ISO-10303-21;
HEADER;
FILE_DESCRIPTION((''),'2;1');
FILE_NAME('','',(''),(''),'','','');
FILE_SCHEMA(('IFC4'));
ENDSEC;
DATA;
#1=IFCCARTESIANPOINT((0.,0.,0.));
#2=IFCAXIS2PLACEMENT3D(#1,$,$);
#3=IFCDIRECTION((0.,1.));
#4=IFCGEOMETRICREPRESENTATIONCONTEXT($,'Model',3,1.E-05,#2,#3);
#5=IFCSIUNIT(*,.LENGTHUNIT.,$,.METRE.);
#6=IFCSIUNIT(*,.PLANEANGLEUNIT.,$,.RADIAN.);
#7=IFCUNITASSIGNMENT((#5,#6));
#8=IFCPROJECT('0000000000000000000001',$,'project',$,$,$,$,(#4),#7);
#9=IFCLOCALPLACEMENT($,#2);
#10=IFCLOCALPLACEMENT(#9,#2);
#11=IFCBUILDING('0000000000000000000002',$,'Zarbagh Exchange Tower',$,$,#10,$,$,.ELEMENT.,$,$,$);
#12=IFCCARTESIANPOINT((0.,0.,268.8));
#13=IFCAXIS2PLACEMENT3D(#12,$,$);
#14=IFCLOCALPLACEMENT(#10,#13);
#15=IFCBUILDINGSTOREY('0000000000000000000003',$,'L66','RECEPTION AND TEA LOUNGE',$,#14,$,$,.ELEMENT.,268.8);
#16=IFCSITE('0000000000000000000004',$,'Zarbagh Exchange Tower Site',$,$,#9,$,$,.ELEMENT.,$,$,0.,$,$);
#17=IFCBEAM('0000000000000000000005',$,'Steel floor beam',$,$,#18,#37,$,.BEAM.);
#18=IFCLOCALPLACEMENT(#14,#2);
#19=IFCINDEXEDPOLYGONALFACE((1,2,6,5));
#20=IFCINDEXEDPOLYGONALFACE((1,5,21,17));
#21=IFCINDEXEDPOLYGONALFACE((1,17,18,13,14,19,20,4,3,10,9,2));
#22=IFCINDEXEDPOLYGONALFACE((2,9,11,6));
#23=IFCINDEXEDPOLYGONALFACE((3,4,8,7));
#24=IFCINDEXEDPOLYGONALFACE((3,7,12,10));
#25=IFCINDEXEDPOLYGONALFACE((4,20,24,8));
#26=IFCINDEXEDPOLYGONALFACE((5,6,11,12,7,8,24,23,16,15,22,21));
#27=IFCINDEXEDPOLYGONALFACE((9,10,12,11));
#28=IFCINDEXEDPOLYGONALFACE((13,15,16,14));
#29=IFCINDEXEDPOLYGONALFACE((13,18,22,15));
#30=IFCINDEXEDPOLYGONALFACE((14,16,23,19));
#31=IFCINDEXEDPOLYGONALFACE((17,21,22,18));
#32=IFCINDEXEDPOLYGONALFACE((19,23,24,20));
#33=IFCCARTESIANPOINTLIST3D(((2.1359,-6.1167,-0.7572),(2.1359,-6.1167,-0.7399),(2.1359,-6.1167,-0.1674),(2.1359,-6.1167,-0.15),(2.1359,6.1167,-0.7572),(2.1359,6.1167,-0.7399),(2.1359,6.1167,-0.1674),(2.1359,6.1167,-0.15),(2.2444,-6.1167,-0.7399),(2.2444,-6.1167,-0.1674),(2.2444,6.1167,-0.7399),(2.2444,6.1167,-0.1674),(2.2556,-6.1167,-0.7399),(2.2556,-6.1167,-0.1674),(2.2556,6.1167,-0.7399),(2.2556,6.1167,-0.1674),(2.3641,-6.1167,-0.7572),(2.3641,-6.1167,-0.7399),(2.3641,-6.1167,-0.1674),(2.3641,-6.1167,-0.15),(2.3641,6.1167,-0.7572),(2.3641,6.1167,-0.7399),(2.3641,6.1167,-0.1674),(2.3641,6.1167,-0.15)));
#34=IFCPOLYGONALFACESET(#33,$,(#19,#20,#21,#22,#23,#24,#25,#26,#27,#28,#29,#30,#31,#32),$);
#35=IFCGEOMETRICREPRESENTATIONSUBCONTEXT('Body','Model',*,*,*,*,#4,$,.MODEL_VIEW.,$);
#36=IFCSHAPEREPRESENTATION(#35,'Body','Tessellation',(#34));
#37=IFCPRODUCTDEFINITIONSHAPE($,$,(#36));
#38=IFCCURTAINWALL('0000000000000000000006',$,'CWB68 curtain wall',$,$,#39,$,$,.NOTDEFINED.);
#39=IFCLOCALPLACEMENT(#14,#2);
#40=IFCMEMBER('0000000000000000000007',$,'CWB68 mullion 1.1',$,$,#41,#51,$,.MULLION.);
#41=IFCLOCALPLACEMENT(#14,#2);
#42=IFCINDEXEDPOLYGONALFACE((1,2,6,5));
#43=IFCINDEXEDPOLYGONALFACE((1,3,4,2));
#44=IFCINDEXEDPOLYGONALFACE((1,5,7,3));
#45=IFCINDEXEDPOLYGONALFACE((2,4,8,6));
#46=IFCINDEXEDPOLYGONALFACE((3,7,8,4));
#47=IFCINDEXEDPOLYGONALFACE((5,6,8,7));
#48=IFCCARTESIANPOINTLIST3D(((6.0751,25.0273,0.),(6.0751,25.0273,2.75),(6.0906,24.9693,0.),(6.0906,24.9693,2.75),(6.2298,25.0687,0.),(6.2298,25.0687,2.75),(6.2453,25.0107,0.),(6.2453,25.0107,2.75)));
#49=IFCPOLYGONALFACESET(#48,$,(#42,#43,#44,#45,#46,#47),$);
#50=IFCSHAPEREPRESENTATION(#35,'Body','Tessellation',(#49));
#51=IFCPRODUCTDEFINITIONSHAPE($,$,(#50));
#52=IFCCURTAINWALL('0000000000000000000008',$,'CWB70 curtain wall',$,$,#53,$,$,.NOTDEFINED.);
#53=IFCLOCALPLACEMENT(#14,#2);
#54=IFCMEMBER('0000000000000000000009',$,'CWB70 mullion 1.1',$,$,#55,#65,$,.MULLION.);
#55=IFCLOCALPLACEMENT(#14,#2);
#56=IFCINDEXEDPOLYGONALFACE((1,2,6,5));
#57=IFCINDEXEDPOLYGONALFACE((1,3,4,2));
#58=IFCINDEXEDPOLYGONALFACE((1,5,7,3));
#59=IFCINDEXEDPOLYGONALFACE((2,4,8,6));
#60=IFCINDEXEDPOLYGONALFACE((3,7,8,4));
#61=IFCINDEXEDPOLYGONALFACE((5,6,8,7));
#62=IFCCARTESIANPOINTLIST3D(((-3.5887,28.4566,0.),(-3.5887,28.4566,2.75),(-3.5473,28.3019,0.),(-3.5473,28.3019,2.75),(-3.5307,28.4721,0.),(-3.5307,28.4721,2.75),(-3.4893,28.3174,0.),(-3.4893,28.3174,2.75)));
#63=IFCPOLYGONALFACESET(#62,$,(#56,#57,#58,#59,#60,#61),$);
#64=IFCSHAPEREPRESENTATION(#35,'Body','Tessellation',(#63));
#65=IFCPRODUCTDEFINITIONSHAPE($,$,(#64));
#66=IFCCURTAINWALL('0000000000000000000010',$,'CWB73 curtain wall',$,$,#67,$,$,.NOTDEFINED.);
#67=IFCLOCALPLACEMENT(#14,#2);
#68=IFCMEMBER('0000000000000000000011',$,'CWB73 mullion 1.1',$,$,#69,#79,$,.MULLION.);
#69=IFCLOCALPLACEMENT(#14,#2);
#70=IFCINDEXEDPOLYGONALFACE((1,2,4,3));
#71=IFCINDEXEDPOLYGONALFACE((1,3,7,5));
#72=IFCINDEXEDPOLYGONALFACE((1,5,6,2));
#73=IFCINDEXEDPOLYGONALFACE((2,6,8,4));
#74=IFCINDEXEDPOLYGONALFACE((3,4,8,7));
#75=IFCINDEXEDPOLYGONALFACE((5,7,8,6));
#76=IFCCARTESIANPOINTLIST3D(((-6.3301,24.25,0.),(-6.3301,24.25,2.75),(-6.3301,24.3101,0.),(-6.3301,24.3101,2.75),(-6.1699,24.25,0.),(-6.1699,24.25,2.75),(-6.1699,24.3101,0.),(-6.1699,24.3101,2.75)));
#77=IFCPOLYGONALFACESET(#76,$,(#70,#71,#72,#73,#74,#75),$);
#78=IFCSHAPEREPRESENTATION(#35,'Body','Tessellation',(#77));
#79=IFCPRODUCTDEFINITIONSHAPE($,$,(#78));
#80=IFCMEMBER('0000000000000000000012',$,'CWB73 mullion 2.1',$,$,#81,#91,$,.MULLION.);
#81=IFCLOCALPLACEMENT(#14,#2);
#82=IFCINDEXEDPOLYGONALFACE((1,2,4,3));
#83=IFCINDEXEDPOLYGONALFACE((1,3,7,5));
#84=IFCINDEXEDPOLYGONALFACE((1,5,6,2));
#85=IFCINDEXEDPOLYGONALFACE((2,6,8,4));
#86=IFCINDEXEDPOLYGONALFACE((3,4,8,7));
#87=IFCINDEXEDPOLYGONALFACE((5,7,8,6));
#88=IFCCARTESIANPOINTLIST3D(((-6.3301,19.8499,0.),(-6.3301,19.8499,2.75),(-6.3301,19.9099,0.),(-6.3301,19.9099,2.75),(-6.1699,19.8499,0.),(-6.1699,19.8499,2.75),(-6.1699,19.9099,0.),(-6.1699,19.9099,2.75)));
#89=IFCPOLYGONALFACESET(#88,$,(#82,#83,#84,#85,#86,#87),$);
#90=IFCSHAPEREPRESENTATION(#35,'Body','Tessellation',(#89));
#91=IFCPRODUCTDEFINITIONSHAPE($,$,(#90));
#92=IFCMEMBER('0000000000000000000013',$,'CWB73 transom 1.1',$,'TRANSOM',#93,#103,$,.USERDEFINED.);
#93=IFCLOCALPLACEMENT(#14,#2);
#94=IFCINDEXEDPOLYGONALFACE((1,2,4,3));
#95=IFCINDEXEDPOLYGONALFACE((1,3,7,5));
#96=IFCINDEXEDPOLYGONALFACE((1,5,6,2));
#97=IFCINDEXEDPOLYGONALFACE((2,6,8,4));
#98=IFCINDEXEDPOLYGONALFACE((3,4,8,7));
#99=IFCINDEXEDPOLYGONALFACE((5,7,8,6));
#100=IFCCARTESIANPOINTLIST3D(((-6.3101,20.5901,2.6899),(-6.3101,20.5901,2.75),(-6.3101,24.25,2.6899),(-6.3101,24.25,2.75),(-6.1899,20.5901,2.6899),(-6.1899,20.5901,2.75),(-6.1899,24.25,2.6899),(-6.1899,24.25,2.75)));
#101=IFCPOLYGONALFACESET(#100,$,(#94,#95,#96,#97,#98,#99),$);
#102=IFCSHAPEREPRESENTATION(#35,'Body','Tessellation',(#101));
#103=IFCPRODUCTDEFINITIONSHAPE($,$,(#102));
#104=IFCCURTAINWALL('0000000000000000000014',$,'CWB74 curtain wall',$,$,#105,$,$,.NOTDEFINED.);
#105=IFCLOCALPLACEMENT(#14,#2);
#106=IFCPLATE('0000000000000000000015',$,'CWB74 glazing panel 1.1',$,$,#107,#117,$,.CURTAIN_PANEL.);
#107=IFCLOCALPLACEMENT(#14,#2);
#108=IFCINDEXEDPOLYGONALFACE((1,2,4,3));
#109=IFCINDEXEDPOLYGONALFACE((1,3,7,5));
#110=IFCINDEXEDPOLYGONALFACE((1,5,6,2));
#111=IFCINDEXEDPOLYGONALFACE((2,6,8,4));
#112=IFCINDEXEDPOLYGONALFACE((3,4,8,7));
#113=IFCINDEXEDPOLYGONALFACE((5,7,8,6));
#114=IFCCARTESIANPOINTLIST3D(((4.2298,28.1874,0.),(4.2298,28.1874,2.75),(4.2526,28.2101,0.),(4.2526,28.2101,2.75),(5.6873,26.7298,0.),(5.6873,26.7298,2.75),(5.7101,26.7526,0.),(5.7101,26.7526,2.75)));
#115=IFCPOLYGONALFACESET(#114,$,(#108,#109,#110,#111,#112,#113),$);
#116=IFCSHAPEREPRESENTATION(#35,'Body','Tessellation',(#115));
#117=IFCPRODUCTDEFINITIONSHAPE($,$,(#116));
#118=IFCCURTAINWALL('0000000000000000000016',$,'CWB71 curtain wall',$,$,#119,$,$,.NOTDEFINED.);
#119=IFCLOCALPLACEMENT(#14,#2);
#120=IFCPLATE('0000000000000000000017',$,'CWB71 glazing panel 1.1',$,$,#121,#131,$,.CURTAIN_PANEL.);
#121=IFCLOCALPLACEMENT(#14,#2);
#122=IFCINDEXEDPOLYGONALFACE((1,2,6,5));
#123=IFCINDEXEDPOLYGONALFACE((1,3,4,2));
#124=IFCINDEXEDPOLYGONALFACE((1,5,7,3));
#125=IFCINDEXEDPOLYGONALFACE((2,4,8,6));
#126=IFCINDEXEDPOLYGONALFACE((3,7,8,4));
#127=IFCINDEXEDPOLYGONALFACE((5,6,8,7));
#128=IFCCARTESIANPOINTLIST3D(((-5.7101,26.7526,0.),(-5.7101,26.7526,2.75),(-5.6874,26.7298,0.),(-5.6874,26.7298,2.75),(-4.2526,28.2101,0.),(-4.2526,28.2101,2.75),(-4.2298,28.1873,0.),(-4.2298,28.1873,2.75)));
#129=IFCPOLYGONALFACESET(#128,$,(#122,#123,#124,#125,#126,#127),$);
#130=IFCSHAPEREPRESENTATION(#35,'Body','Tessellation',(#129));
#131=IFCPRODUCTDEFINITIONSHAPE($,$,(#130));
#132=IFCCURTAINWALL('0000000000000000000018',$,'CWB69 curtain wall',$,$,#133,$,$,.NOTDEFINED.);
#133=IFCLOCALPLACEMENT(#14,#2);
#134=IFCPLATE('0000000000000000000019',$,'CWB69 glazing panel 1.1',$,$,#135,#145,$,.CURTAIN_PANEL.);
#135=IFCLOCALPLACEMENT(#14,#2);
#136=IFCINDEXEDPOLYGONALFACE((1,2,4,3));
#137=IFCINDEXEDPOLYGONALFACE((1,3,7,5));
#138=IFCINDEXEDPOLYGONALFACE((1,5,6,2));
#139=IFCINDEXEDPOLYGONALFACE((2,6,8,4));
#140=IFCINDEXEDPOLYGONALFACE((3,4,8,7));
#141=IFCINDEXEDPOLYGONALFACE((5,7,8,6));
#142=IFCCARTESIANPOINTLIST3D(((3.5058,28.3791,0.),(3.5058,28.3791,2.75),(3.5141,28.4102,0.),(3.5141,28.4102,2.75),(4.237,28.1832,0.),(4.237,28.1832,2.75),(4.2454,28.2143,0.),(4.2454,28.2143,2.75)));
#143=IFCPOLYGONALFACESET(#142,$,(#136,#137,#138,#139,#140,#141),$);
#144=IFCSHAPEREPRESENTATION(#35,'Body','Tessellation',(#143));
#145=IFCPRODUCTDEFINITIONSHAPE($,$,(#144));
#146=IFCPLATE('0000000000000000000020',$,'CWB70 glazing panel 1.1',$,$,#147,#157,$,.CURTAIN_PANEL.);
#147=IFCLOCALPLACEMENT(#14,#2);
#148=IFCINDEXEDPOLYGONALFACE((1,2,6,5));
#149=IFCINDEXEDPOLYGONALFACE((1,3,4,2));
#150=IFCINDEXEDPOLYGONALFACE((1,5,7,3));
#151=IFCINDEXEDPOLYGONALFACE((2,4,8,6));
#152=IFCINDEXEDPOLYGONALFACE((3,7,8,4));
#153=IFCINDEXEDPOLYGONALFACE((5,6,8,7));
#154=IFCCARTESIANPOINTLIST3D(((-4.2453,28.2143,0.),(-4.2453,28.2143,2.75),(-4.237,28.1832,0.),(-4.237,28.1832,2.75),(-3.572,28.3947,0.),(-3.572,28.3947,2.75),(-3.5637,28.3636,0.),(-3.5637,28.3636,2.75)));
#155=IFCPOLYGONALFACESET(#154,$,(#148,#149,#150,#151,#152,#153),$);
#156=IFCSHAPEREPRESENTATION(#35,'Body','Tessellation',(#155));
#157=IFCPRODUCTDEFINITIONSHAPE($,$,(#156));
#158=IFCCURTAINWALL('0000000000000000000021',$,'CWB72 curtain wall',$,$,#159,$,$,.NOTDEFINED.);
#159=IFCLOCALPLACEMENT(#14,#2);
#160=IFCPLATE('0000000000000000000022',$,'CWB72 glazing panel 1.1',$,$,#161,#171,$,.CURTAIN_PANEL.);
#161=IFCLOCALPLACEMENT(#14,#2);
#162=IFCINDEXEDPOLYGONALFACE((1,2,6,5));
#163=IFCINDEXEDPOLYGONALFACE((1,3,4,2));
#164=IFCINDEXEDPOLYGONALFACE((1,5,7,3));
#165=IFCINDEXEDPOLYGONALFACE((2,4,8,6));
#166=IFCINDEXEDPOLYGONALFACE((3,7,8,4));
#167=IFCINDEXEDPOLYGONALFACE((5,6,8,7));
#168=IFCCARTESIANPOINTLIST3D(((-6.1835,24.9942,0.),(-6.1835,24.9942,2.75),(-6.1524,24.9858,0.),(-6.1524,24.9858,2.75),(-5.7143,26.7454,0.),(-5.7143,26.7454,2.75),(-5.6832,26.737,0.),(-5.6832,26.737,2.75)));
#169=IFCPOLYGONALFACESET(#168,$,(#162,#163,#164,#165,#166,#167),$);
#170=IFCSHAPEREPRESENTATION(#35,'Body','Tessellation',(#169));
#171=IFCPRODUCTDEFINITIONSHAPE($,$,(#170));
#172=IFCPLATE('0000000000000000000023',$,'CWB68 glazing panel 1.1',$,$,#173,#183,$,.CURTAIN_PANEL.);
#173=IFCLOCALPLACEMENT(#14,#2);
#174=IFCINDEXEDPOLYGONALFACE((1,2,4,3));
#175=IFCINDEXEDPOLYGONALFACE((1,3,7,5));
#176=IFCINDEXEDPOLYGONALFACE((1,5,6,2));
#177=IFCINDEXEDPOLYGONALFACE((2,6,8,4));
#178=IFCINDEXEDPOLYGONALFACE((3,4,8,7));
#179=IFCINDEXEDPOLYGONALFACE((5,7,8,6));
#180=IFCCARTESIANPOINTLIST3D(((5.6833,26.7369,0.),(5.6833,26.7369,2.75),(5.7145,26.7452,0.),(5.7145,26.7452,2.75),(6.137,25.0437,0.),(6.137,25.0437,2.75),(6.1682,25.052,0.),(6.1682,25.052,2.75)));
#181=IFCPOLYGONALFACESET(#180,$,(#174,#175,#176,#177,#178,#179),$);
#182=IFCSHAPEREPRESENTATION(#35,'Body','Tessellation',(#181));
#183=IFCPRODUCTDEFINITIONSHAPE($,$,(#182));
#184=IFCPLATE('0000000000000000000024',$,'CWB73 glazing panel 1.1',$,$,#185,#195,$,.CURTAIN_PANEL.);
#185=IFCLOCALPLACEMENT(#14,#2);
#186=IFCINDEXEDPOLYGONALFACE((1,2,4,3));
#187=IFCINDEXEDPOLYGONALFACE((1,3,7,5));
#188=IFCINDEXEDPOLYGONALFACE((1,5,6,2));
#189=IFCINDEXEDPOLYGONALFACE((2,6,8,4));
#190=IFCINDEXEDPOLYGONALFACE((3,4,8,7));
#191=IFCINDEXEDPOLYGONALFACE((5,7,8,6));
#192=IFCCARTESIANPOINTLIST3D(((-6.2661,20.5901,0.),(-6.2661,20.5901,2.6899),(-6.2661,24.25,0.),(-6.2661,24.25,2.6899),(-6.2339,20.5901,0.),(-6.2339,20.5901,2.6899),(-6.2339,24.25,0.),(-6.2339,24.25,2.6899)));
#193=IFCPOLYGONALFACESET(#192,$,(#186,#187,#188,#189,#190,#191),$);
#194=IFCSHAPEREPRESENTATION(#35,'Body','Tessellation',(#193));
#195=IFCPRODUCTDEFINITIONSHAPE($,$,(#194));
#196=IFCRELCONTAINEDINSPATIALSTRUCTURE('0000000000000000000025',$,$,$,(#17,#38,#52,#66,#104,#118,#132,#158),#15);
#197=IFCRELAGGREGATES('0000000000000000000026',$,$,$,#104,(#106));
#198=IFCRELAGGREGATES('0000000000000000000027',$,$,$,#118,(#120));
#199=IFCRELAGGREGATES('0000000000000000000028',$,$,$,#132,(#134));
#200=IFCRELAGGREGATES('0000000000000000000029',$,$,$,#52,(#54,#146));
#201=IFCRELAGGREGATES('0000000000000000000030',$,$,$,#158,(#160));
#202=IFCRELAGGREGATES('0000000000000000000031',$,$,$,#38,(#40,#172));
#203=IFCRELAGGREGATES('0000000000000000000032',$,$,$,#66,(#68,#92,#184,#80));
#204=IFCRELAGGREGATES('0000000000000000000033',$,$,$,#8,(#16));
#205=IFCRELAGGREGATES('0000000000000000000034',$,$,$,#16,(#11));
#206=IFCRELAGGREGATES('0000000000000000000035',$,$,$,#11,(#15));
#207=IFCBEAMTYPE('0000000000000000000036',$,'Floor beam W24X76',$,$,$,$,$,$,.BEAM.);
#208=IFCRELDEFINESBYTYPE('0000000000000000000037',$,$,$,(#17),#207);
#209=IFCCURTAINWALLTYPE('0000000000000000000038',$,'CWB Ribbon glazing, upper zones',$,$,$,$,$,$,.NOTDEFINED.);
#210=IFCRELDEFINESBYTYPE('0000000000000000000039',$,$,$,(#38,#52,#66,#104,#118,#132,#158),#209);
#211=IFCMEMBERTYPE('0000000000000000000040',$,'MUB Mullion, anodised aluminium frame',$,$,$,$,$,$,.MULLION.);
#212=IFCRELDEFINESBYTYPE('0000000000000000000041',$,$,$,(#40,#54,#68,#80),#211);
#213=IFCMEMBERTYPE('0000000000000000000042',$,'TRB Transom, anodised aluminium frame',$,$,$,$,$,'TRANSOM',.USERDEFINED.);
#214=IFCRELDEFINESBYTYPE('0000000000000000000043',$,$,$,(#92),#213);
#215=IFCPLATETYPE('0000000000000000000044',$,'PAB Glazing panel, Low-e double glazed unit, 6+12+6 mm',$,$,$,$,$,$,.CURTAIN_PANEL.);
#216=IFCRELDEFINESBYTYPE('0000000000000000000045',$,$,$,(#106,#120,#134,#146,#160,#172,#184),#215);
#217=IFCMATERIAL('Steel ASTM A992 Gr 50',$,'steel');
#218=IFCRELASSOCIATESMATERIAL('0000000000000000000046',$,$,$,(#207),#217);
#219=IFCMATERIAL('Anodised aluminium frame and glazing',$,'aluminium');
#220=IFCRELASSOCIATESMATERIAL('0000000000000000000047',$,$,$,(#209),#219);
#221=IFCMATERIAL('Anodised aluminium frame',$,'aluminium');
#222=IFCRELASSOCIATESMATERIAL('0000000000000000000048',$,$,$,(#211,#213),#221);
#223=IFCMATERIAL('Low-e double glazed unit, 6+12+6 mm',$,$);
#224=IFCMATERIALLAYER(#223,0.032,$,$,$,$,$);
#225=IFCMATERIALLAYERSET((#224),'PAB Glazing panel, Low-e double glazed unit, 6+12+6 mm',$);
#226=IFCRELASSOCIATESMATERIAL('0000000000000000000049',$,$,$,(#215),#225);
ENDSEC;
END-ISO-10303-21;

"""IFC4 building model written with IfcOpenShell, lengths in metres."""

from ifc_helpers import new_model, si_unit, direction, frame, origin, origin_2d, place, context, subcontext, project, spatial, polyline, i_section, outline, extrude, source, transform, mapped, material, layer, layer_set, material_profile, profile_set, type_object, element, aggregate, save


model = new_model("IFC4")

# Units and contexts
model_context = context("Model", 3, precision=1e-05, world=origin(), true_north=direction((0.0, 1.0)))
body_context = subcontext(model_context, "Body", "Model", "MODEL_VIEW")
ifc_project = project(units=[si_unit("LENGTHUNIT", "METRE"), si_unit("PLANEANGLEUNIT", "RADIAN")], contexts=[model_context])

# Site, building, storey
site_placement = place(None, origin())
site = spatial("IfcSite", under=ifc_project, at=site_placement, Name="Zarbagh Exchange Tower Site", CompositionType="ELEMENT", RefElevation=0.0)
building_placement = place(site_placement, origin())
building = spatial("IfcBuilding", under=site, at=building_placement, Name="Zarbagh Exchange Tower", CompositionType="ELEMENT")
storey_placement = place(building_placement, frame((0.0, 0.0, 268.8)))
storey = spatial("IfcBuildingStorey", under=building, at=storey_placement, Name="L66", Description="RECEPTION AND TEA LOUNGE", CompositionType="ELEMENT", Elevation=268.8)

# Beam
ifc_material_1 = material(Name="Steel ASTM A992 Gr 50", Category="steel")
ifc_material_profile = material_profile(ifc_material_1, i_section(OverallWidth=0.2283, OverallDepth=0.6072, WebThickness=0.0112, FlangeThickness=0.0173, at=origin_2d()), Name="W24X76")
ifc_profile_set = profile_set([ifc_material_profile], Name="Steel ASTM A992 Gr 50")
beam_type = type_object("IfcBeamType", Name="Floor beam W24X76", PredefinedType="BEAM", material=ifc_profile_set)
beam_placement = place(storey_placement, frame((2.25, -6.1167, -0.4536), z_axis=(0.0, 1.0, 0.0), x_axis=(-1.0, 0.0, 0.0)))
element("IfcBeam", 1, at=beam_placement, inside=storey, type_object=beam_type, Name="Steel floor beam", PredefinedType="BEAM", context=body_context, shape_type="SweptSolid", body=[
    extrude(i_section(OverallWidth=0.2283, OverallDepth=0.6072, WebThickness=0.0112, FlangeThickness=0.0173, at=origin_2d()), origin(), (0.0, 0.0, 1.0), 12.2334),
])

# Curtain walls, members
ifc_material_2 = material(Name="Anodised aluminium frame and glazing", Category="aluminium")
curtain_wall_type = type_object("IfcCurtainWallType", Name="CWB Ribbon glazing, upper zones", PredefinedType="NOTDEFINED", material=ifc_material_2)
curtain_wall_1_placement = place(storey_placement, origin())
curtain_wall_1 = element("IfcCurtainWall", 2, at=curtain_wall_1_placement, inside=storey, type_object=curtain_wall_type, Name="CWB68 curtain wall", PredefinedType="NOTDEFINED")
ifc_material_3 = material(Name="Anodised aluminium frame", Category="aluminium")
member_type_1 = type_object("IfcMemberType", Name="MUB Mullion, anodised aluminium frame", PredefinedType="MULLION", material=ifc_material_3)
shared_shape_1 = source(origin(), body_context, "Body", "SweptSolid", [
    extrude(outline(polyline([(0.0, -0.0801), (0.0601, -0.0801), (0.0601, 0.0801), (0.0, 0.0801), (0.0, -0.0801)])), origin(), (0.0, 0.0, 1.0), 2.75),
])
placement = place(storey_placement, origin())
member_1 = element("IfcMember", 3, at=placement, type_object=member_type_1, Name="CWB68 mullion 1.1", PredefinedType="MULLION", context=body_context, shape_type="MappedRepresentation", body=[
    mapped(shared_shape_1, transform((6.168, 24.99, 0.0), x_axis=(-0.258825, 0.965924, 0.0), y_axis=(-0.965924, -0.258825, 0.0), z_axis=(0.0, 0.0, 1.0))),
])
curtain_wall_2_placement = place(storey_placement, origin())
curtain_wall_2 = element("IfcCurtainWall", 4, at=curtain_wall_2_placement, inside=storey, type_object=curtain_wall_type, Name="CWB70 curtain wall", PredefinedType="NOTDEFINED")
member_2 = element("IfcMember", 5, at=placement, type_object=member_type_1, Name="CWB70 mullion 1.1", PredefinedType="MULLION", context=body_context, shape_type="MappedRepresentation", body=[
    mapped(shared_shape_1, transform((-3.51, 28.3948, 0.0), x_axis=(-0.965924, -0.258825, 0.0), y_axis=(0.258825, -0.965924, 0.0), z_axis=(0.0, 0.0, 1.0))),
])

# Curtain wall, members
curtain_wall_3_placement = place(storey_placement, origin())
curtain_wall_3 = element("IfcCurtainWall", 6, at=curtain_wall_3_placement, inside=storey, type_object=curtain_wall_type, Name="CWB73 curtain wall", PredefinedType="NOTDEFINED")
member_3 = element("IfcMember", 7, at=placement, type_object=member_type_1, Name="CWB73 mullion 1.1", PredefinedType="MULLION", context=body_context, shape_type="MappedRepresentation", body=[
    mapped(shared_shape_1, transform((-6.25, 24.3101, 0.0), x_axis=(0.0, -1.0, 0.0), y_axis=(1.0, 0.0, 0.0), z_axis=(0.0, 0.0, 1.0))),
])
member_4 = element("IfcMember", 8, at=placement, type_object=member_type_1, Name="CWB73 mullion 2.1", PredefinedType="MULLION", context=body_context, shape_type="MappedRepresentation", body=[
    mapped(shared_shape_1, transform((-6.25, 19.9099, 0.0), x_axis=(0.0, -1.0, 0.0), y_axis=(1.0, 0.0, 0.0), z_axis=(0.0, 0.0, 1.0))),
])
member_type_2 = type_object("IfcMemberType", Name="TRB Transom, anodised aluminium frame", ElementType="TRANSOM", PredefinedType="USERDEFINED", material=ifc_material_3)
shared_shape_2 = source(origin(), body_context, "Body", "SweptSolid", [
    extrude(outline(polyline([(-0.0601, -0.0601), (0.0, -0.0601), (0.0, 0.0601), (-0.0601, 0.0601), (-0.0601, -0.0601)])), origin(), (0.0, 0.0, 1.0), 3.6599),
])
member_5 = element("IfcMember", 9, at=placement, type_object=member_type_2, Name="CWB73 transom 1.1", ObjectType="TRANSOM", PredefinedType="USERDEFINED", context=body_context, shape_type="MappedRepresentation", body=[
    mapped(shared_shape_2, transform((-6.25, 24.25, 2.75), x_axis=(0.0, 0.0, 1.0), y_axis=(-1.0, 0.0, 0.0), z_axis=(0.0, -1.0, 0.0))),
])

# Curtain walls, plates
curtain_wall_4_placement = place(storey_placement, origin())
curtain_wall_4 = element("IfcCurtainWall", 10, at=curtain_wall_4_placement, inside=storey, type_object=curtain_wall_type, Name="CWB74 curtain wall", PredefinedType="NOTDEFINED")
ifc_material_4 = material(Name="Low-e double glazed unit, 6+12+6 mm")
ifc_layer_1 = layer(ifc_material_4, 0.032)
ifc_layer_set_1 = layer_set([ifc_layer_1], Name="PAB Glazing panel, Low-e double glazed unit, 6+12+6 mm")
plate_type = type_object("IfcPlateType", Name="PAB Glazing panel, Low-e double glazed unit, 6+12+6 mm", PredefinedType="CURTAIN_PANEL", material=ifc_layer_set_1)
shared_shape_3 = source(origin(), body_context, "Body", "SweptSolid", [
    extrude(outline(polyline([(0.0, -0.0161), (2.0613, -0.0161), (2.0613, 0.0161), (0.0, 0.0161), (0.0, -0.0161)])), origin(), (0.0, 0.0, 1.0), 2.75),
])
plate_1 = element("IfcPlate", 11, at=placement, type_object=plate_type, Name="CWB74 glazing panel 1.1", PredefinedType="CURTAIN_PANEL", context=body_context, shape_type="MappedRepresentation", body=[
    mapped(shared_shape_3, transform((5.6987, 26.7412, 0.0), x_axis=(-0.707107, 0.707107, 0.0), y_axis=(-0.707107, -0.707107, 0.0), z_axis=(0.0, 0.0, 1.0))),
])
aggregate(curtain_wall_4, [plate_1])
curtain_wall_5_placement = place(storey_placement, origin())
curtain_wall_5 = element("IfcCurtainWall", 12, at=curtain_wall_5_placement, inside=storey, type_object=curtain_wall_type, Name="CWB71 curtain wall", PredefinedType="NOTDEFINED")
plate_2 = element("IfcPlate", 13, at=placement, type_object=plate_type, Name="CWB71 glazing panel 1.1", PredefinedType="CURTAIN_PANEL", context=body_context, shape_type="MappedRepresentation", body=[
    mapped(shared_shape_3, transform((-4.2412, 28.1987, 0.0), x_axis=(-0.707107, -0.707107, 0.0), y_axis=(0.707107, -0.707107, 0.0), z_axis=(0.0, 0.0, 1.0))),
])
aggregate(curtain_wall_5, [plate_2])
curtain_wall_6_placement = place(storey_placement, origin())
curtain_wall_6 = element("IfcCurtainWall", 14, at=curtain_wall_6_placement, inside=storey, type_object=curtain_wall_type, Name="CWB69 curtain wall", PredefinedType="NOTDEFINED")
shared_shape_4 = source(origin(), body_context, "Body", "SweptSolid", [
    extrude(outline(polyline([(0.0, -0.0161), (0.7571, -0.0161), (0.7571, 0.0161), (0.0, 0.0161), (0.0, -0.0161)])), origin(), (0.0, 0.0, 1.0), 2.75),
])
plate_3 = element("IfcPlate", 15, at=placement, type_object=plate_type, Name="CWB69 glazing panel 1.1", PredefinedType="CURTAIN_PANEL", context=body_context, shape_type="MappedRepresentation", body=[
    mapped(shared_shape_4, transform((4.2412, 28.1987, 0.0), x_axis=(-0.965924, 0.258825, 0.0), y_axis=(-0.258825, -0.965924, 0.0), z_axis=(0.0, 0.0, 1.0))),
])
aggregate(curtain_wall_6, [plate_3])

# Plate
shared_shape_5 = source(origin(), body_context, "Body", "SweptSolid", [
    extrude(outline(polyline([(0.0, -0.0161), (0.697, -0.0161), (0.697, 0.0161), (0.0, 0.0161), (0.0, -0.0161)])), origin(), (0.0, 0.0, 1.0), 2.75),
])
plate_4 = element("IfcPlate", 16, at=placement, type_object=plate_type, Name="CWB70 glazing panel 1.1", PredefinedType="CURTAIN_PANEL", context=body_context, shape_type="MappedRepresentation", body=[
    mapped(shared_shape_5, transform((-3.5679, 28.3792, 0.0), x_axis=(-0.965924, -0.258825, 0.0), y_axis=(0.258825, -0.965924, 0.0), z_axis=(0.0, 0.0, 1.0))),
])
aggregate(curtain_wall_2, [member_2, plate_4])

# Curtain wall, plate
curtain_wall_7_placement = place(storey_placement, origin())
curtain_wall_7 = element("IfcCurtainWall", 17, at=curtain_wall_7_placement, inside=storey, type_object=curtain_wall_type, Name="CWB72 curtain wall", PredefinedType="NOTDEFINED")
shared_shape_6 = source(origin(), body_context, "Body", "SweptSolid", [
    extrude(outline(polyline([(0.0, -0.0161), (1.813, -0.0161), (1.813, 0.0161), (0.0, 0.0161), (0.0, -0.0161)])), origin(), (0.0, 0.0, 1.0), 2.75),
])
plate_5 = element("IfcPlate", 18, at=placement, type_object=plate_type, Name="CWB72 glazing panel 1.1", PredefinedType="CURTAIN_PANEL", context=body_context, shape_type="MappedRepresentation", body=[
    mapped(shared_shape_6, transform((-5.6987, 26.7412, 0.0), x_axis=(-0.258825, -0.965924, 0.0), y_axis=(0.965924, -0.258825, 0.0), z_axis=(0.0, 0.0, 1.0))),
])
aggregate(curtain_wall_7, [plate_5])

# Plates
shared_shape_7 = source(origin(), body_context, "Body", "SweptSolid", [
    extrude(outline(polyline([(0.0, -0.0161), (1.7529, -0.0161), (1.7529, 0.0161), (0.0, 0.0161), (0.0, -0.0161)])), origin(), (0.0, 0.0, 1.0), 2.75),
])
plate_6 = element("IfcPlate", 19, at=placement, type_object=plate_type, Name="CWB68 glazing panel 1.1", PredefinedType="CURTAIN_PANEL", context=body_context, shape_type="MappedRepresentation", body=[
    mapped(shared_shape_7, transform((6.1526, 25.0479, 0.0), x_axis=(-0.258825, 0.965924, 0.0), y_axis=(-0.965924, -0.258825, 0.0), z_axis=(0.0, 0.0, 1.0))),
])
aggregate(curtain_wall_1, [member_1, plate_6])
shared_shape_8 = source(origin(), body_context, "Body", "SweptSolid", [
    extrude(outline(polyline([(0.0, -0.0161), (3.6599, -0.0161), (3.6599, 0.0161), (0.0, 0.0161), (0.0, -0.0161)])), origin(), (0.0, 0.0, 1.0), 2.6899),
])
plate_7 = element("IfcPlate", 20, at=placement, type_object=plate_type, Name="CWB73 glazing panel 1.1", PredefinedType="CURTAIN_PANEL", context=body_context, shape_type="MappedRepresentation", body=[
    mapped(shared_shape_8, transform((-6.25, 24.25, 0.0), x_axis=(0.0, -1.0, 0.0), y_axis=(1.0, 0.0, 0.0), z_axis=(0.0, 0.0, 1.0))),
])
aggregate(curtain_wall_3, [member_3, member_5, plate_7, member_4])

save(model, "model.ifc")
